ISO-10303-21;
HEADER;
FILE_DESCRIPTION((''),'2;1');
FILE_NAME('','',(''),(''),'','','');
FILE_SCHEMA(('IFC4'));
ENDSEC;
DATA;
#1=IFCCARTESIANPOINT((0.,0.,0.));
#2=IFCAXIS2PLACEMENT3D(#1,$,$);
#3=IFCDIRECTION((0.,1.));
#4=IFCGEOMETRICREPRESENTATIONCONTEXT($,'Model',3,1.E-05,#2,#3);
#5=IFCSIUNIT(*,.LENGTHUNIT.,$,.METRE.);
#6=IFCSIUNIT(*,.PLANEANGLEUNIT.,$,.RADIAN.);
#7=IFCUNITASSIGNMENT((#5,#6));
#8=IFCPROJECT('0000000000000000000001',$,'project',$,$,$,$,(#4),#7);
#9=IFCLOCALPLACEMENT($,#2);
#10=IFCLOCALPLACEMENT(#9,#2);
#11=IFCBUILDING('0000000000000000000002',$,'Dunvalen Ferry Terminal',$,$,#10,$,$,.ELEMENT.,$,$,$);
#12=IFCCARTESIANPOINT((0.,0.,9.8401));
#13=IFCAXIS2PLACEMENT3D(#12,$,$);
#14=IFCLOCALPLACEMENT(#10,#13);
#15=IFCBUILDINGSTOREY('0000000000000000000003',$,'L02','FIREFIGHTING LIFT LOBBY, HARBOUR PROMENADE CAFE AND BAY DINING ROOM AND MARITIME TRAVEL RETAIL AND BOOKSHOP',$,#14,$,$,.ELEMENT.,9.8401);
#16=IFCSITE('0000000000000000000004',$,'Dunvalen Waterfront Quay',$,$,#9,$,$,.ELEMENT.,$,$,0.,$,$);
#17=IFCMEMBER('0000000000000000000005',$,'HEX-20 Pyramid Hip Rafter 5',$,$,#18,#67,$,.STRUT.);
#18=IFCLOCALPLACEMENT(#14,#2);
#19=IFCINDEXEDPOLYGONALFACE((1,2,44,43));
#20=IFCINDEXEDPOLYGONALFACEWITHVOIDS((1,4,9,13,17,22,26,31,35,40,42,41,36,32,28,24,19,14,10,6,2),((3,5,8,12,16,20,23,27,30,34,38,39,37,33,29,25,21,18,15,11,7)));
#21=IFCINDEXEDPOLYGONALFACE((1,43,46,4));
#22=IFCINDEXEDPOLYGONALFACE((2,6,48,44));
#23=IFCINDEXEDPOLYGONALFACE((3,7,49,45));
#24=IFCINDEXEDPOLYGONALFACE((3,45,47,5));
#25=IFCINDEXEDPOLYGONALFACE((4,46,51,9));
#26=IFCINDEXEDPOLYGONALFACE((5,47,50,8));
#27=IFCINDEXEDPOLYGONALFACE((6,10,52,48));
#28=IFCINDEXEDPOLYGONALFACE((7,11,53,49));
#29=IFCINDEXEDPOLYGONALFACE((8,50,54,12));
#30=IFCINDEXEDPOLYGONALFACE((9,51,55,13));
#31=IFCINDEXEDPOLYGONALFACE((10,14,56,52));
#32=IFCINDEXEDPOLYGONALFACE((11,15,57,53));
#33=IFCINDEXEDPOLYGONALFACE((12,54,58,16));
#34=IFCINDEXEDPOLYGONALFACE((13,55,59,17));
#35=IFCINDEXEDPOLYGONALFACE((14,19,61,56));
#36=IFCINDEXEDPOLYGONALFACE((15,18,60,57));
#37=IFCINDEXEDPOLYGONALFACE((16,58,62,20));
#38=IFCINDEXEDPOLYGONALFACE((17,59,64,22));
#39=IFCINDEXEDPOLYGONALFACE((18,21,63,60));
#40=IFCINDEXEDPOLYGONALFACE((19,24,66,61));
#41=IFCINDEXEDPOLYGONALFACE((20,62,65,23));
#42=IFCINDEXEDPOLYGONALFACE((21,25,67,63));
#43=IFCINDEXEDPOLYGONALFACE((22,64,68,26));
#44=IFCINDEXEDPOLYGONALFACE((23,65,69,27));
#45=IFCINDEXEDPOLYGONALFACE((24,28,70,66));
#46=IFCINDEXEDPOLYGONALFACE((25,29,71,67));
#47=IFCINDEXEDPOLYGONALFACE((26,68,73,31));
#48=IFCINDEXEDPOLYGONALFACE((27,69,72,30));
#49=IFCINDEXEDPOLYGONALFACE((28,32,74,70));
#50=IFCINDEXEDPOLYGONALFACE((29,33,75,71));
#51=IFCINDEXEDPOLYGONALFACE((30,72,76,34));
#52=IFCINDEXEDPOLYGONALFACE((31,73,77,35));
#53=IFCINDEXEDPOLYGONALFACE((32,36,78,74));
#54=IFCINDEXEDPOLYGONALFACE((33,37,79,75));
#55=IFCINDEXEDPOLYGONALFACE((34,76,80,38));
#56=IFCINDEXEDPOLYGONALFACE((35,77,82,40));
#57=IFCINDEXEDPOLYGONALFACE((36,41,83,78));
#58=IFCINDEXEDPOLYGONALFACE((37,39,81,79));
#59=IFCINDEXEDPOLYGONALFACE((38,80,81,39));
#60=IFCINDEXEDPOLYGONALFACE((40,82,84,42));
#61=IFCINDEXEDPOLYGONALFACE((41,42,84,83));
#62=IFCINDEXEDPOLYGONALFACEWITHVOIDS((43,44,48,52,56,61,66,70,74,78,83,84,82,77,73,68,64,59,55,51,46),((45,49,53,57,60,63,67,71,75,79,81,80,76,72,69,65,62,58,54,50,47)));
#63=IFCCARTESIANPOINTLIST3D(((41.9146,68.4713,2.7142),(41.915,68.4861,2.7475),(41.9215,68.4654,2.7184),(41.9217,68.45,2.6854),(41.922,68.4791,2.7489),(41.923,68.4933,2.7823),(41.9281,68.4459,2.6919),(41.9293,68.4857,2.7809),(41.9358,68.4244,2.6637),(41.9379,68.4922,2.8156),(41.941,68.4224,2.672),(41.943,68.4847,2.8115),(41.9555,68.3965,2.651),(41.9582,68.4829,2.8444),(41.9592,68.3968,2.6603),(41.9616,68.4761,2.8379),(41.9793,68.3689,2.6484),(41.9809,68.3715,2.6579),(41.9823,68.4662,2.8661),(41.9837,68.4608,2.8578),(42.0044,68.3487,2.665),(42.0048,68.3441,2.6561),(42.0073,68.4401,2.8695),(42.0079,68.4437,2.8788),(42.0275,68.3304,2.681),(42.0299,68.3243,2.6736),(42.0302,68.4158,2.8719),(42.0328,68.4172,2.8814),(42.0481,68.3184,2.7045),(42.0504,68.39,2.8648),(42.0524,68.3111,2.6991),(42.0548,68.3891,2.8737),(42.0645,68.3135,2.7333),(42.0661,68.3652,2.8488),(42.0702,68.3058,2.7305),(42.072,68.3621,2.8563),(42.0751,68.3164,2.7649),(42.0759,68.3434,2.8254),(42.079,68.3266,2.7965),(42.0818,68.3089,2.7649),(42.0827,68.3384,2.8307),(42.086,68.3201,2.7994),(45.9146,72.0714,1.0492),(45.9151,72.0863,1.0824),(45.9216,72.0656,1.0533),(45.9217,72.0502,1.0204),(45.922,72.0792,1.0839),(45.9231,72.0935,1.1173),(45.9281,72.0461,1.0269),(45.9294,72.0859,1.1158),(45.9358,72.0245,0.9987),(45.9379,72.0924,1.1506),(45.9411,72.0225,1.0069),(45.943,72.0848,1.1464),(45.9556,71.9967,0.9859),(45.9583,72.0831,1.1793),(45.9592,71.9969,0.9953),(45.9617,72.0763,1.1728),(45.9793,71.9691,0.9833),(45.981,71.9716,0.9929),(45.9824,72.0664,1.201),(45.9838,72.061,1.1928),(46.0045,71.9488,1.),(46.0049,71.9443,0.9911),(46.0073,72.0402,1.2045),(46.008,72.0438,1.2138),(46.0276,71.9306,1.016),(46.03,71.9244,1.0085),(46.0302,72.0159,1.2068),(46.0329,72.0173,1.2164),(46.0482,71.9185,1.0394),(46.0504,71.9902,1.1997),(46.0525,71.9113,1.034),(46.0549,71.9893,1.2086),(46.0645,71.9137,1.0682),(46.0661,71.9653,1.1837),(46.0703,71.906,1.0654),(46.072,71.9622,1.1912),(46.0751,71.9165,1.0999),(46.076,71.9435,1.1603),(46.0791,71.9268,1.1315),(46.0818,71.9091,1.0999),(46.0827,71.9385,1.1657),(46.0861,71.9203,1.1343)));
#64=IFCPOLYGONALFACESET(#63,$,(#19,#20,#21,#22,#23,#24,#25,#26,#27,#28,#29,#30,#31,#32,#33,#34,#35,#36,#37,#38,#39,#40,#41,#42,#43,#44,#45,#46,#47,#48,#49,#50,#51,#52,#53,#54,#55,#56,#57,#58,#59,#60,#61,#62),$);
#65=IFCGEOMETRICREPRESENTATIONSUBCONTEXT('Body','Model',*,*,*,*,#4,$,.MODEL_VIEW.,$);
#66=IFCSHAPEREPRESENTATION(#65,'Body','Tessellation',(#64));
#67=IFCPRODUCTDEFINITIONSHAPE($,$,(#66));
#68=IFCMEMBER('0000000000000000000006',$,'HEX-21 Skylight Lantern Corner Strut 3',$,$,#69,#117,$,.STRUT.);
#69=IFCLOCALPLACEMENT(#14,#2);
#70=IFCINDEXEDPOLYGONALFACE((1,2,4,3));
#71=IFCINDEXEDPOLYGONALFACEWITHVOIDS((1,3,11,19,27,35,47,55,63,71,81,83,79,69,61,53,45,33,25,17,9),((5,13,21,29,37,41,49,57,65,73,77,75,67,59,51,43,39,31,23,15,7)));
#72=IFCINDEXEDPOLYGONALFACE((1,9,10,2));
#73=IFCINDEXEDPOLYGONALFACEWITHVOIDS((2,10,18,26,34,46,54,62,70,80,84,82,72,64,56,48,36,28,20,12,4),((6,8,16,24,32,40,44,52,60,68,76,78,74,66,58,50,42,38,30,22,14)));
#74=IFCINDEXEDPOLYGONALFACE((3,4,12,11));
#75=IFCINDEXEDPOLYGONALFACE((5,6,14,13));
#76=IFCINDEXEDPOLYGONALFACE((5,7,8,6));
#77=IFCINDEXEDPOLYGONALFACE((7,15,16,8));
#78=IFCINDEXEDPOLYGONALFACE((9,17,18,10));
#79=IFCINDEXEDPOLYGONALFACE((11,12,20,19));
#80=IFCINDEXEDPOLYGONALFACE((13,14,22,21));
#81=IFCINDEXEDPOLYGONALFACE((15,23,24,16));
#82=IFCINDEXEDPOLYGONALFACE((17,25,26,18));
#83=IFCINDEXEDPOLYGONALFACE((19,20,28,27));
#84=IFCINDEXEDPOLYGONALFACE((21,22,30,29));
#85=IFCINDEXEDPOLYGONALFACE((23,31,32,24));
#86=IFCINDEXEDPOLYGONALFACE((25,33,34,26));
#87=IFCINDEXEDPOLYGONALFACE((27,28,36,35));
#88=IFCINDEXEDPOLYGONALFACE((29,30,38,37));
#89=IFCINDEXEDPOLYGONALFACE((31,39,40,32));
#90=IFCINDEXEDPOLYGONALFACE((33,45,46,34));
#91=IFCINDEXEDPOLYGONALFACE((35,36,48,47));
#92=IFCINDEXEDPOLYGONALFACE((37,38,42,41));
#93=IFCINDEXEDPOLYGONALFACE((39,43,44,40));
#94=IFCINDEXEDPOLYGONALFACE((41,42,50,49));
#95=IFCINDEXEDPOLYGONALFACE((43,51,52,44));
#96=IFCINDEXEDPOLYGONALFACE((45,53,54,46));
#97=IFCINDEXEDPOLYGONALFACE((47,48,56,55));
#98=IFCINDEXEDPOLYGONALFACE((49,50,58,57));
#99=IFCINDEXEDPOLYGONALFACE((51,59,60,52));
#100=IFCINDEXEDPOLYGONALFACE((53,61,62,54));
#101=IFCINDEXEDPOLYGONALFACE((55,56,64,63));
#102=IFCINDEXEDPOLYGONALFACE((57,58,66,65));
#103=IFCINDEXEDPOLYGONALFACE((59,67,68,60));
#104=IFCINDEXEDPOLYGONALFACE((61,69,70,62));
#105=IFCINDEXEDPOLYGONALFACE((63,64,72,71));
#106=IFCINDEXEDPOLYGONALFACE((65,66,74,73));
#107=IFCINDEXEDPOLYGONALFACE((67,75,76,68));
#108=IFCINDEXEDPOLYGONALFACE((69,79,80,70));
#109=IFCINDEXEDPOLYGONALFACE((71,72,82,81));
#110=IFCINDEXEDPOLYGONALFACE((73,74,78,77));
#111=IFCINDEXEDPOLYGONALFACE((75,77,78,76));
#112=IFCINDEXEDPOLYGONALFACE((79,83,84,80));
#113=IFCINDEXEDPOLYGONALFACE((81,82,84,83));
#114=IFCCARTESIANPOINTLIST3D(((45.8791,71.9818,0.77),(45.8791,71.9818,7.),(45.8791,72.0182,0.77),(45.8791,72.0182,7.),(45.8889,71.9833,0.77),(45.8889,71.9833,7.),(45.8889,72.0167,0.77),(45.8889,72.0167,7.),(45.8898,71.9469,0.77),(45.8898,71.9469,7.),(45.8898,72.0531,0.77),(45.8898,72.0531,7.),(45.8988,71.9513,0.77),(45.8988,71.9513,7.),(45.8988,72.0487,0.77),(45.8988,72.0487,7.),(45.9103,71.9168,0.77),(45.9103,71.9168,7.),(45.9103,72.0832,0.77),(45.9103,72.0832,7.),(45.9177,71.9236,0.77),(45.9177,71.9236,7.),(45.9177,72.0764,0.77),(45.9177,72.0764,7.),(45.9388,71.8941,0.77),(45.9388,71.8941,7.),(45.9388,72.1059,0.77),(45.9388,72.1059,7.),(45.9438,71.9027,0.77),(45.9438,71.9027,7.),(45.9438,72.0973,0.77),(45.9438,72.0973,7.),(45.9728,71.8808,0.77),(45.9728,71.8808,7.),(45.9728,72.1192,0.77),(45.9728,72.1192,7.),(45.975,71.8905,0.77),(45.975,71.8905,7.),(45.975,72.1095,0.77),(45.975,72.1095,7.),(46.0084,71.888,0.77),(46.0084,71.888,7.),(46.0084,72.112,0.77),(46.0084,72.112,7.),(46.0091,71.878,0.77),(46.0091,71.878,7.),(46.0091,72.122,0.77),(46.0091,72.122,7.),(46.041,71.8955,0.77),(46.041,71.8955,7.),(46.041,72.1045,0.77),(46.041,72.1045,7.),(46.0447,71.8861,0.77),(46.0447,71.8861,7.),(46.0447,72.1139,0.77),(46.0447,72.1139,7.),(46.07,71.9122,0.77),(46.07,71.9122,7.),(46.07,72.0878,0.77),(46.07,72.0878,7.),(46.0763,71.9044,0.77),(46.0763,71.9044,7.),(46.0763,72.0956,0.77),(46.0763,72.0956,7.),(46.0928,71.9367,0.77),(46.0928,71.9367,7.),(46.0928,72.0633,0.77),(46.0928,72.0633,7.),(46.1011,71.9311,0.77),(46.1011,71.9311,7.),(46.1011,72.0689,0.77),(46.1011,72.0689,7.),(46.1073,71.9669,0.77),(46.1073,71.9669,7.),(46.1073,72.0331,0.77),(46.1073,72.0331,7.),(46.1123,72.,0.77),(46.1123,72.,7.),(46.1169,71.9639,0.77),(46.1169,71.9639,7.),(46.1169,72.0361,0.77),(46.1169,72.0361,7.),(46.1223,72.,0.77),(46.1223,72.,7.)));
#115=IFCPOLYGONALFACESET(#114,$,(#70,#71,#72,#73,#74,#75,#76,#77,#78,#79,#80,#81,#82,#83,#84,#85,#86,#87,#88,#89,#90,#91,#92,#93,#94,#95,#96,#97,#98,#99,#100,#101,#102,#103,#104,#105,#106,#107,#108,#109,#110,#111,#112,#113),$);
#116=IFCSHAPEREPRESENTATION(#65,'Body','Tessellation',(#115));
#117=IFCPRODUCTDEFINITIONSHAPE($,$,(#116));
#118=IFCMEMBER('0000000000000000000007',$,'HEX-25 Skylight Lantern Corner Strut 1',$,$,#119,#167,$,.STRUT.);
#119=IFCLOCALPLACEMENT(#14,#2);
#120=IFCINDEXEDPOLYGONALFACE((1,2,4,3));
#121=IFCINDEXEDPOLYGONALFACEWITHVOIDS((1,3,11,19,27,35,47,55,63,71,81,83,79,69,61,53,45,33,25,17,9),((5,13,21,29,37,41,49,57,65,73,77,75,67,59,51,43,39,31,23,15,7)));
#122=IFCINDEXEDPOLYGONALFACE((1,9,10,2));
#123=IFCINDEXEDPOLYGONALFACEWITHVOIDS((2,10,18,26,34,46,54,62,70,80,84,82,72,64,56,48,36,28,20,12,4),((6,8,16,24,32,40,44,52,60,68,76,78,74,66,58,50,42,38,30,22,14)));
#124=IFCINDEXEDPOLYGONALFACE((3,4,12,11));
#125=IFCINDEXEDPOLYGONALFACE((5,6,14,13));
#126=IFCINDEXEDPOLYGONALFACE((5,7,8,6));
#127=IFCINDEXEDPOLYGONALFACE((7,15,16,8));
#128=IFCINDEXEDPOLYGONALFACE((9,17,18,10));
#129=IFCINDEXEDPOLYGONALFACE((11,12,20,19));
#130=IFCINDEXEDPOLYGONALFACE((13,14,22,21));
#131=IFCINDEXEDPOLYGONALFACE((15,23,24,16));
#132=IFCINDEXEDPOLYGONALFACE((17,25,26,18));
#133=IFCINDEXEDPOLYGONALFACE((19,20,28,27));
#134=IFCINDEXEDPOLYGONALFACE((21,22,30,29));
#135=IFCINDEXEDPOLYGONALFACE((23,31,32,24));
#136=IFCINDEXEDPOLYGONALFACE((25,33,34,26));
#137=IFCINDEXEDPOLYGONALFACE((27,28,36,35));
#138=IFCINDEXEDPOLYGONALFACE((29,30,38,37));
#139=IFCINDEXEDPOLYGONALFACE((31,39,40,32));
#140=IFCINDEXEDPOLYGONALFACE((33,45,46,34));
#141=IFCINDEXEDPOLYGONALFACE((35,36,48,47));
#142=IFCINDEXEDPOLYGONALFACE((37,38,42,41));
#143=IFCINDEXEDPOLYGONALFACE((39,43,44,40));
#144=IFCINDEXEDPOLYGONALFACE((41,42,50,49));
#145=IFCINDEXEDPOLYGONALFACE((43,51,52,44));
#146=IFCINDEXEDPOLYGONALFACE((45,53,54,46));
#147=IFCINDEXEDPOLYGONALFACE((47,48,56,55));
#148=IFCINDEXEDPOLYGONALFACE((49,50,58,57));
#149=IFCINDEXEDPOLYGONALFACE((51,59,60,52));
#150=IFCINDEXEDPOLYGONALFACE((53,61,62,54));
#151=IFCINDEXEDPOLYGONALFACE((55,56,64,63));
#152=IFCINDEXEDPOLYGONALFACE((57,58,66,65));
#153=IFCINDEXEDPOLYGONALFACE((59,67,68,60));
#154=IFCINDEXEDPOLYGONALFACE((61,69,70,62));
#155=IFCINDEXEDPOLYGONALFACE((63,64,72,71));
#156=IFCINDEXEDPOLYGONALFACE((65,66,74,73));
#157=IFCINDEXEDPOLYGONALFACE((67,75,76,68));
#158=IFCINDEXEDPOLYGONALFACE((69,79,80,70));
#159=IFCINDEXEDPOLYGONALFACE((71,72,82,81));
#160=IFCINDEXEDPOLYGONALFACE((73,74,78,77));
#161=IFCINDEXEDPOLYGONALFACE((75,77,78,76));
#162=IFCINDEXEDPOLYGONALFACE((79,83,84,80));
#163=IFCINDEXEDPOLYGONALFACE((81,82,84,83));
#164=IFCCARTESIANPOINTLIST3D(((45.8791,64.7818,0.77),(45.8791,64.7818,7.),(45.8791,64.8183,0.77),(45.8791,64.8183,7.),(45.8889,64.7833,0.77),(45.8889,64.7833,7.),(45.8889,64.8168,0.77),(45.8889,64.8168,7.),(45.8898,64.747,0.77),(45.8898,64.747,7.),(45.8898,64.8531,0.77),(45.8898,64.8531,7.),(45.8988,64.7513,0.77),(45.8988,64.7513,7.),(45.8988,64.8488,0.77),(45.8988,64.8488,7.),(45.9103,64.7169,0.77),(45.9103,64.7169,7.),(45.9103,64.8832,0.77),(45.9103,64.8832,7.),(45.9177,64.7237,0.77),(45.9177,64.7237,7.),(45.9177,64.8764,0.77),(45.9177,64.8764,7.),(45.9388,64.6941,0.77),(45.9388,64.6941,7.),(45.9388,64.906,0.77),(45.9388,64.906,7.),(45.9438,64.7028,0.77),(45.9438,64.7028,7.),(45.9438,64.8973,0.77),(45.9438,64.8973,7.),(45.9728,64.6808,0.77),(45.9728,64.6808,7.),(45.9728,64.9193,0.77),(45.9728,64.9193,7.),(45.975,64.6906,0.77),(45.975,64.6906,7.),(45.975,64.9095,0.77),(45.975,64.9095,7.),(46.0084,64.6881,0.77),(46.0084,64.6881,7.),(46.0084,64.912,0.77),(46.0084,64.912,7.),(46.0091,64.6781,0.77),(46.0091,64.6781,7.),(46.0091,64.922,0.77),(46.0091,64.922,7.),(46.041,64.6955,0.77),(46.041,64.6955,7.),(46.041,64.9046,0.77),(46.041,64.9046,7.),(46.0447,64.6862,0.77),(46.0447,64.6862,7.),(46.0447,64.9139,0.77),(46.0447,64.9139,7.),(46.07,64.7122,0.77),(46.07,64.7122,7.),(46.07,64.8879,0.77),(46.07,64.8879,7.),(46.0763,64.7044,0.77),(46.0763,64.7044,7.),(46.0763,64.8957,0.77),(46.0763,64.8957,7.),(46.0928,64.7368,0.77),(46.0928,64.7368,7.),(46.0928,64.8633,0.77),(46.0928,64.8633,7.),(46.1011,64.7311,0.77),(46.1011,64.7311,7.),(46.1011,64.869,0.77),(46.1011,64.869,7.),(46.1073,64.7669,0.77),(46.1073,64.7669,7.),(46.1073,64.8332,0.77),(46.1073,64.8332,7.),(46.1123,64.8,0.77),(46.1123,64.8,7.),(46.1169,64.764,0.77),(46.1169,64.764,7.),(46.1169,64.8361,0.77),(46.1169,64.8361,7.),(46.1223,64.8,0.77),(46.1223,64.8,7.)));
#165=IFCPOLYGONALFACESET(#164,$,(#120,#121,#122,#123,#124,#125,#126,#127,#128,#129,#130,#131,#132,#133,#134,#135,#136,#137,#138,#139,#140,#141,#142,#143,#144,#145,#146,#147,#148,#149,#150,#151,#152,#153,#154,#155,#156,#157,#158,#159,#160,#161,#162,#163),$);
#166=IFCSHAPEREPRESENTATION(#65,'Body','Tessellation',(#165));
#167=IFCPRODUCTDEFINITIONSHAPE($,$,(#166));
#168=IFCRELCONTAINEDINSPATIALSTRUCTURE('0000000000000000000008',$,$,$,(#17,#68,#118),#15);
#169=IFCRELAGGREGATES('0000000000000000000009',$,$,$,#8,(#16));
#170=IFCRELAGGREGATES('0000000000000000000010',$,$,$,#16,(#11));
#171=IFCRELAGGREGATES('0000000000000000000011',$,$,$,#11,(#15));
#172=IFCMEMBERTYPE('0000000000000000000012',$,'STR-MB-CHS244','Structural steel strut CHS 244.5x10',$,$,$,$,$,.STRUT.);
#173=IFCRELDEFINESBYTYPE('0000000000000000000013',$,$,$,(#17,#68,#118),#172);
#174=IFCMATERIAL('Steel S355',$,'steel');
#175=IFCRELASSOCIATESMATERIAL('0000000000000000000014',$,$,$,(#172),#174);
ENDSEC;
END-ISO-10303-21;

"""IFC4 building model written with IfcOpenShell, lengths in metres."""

from ifc_helpers import new_model, si_unit, direction, frame, origin, origin_2d, place, context, subcontext, project, spatial, hollow_circle, extrude, material, material_profile, profile_set, type_object, element, save


model = new_model("IFC4")

# Units and contexts
model_context = context("Model", 3, precision=1e-05, world=origin(), true_north=direction((0.0, 1.0)))
body_context = subcontext(model_context, "Body", "Model", "MODEL_VIEW")
ifc_project = project(units=[si_unit("LENGTHUNIT", "METRE"), si_unit("PLANEANGLEUNIT", "RADIAN")], contexts=[model_context])

# Site, building, storey
site_placement = place(None, origin())
site = spatial("IfcSite", under=ifc_project, at=site_placement, Name="Dunvalen Waterfront Quay", CompositionType="ELEMENT", RefElevation=0.0)
building_placement = place(site_placement, origin())
building = spatial("IfcBuilding", under=site, at=building_placement, Name="Dunvalen Ferry Terminal", CompositionType="ELEMENT")
storey_placement = place(building_placement, frame((0.0, 0.0, 9.8401)))
storey = spatial("IfcBuildingStorey", under=building, at=storey_placement, Name="L02", Description="FIREFIGHTING LIFT LOBBY, HARBOUR PROMENADE CAFE AND BAY DINING ROOM AND MARITIME TRAVEL RETAIL AND BOOKSHOP", CompositionType="ELEMENT", Elevation=9.8401)

# Shared definitions
ifc_material_1 = material(Name="Steel S355", Category="steel")

# Members
ifc_material_profile_1 = material_profile(ifc_material_1, hollow_circle(Radius=0.1223, WallThickness=0.01, at=origin_2d()), Name="Steel S355")
ifc_profile_set_1 = profile_set([ifc_material_profile_1], Name="Steel S355")
member_type_1 = type_object("IfcMemberType", Name="STR-MB-CHS244", Description="Structural steel strut CHS 244.5x10", PredefinedType="STRUT", material=ifc_profile_set_1)
member_1_placement = place(storey_placement, frame((46.0, 72.0, 1.0999), z_axis=(-0.710075, -0.639085, 0.295576), x_axis=(0.668975, -0.743285, 0.0)))
element("IfcMember", 1, at=member_1_placement, inside=storey, type_object=member_type_1, Name="HEX-20 Pyramid Hip Rafter 5", PredefinedType="STRUT", context=body_context, shape_type="SweptSolid", body=[
    extrude(hollow_circle(Radius=0.1223, WallThickness=0.01, at=origin_2d()), origin(), (0.0, 0.0, 1.0), 5.6333),
])
for number, where, z_axis, x_axis, name in (
    (2, (46.0, 72.0, 0.77), (0.0, 0.0, 1.0), (1.0, 0.0, 0.0), "HEX-21 Skylight Lantern Corner Strut 3"),
    (3, (46.0, 64.8, 0.77), (0.0, 0.0, 1.0), (1.0, 0.0, 0.0), "HEX-25 Skylight Lantern Corner Strut 1"),
):
    element("IfcMember", number, at=place(storey_placement, frame(where, z_axis=z_axis, x_axis=x_axis)), inside=storey, type_object=member_type_1, Name=name, PredefinedType="STRUT", context=body_context, shape_type="SweptSolid", body=[
        extrude(hollow_circle(Radius=0.1223, WallThickness=0.01, at=origin_2d()), origin(), (0.0, 0.0, 1.0), 6.23),
    ])

save(model, "model.ifc")
